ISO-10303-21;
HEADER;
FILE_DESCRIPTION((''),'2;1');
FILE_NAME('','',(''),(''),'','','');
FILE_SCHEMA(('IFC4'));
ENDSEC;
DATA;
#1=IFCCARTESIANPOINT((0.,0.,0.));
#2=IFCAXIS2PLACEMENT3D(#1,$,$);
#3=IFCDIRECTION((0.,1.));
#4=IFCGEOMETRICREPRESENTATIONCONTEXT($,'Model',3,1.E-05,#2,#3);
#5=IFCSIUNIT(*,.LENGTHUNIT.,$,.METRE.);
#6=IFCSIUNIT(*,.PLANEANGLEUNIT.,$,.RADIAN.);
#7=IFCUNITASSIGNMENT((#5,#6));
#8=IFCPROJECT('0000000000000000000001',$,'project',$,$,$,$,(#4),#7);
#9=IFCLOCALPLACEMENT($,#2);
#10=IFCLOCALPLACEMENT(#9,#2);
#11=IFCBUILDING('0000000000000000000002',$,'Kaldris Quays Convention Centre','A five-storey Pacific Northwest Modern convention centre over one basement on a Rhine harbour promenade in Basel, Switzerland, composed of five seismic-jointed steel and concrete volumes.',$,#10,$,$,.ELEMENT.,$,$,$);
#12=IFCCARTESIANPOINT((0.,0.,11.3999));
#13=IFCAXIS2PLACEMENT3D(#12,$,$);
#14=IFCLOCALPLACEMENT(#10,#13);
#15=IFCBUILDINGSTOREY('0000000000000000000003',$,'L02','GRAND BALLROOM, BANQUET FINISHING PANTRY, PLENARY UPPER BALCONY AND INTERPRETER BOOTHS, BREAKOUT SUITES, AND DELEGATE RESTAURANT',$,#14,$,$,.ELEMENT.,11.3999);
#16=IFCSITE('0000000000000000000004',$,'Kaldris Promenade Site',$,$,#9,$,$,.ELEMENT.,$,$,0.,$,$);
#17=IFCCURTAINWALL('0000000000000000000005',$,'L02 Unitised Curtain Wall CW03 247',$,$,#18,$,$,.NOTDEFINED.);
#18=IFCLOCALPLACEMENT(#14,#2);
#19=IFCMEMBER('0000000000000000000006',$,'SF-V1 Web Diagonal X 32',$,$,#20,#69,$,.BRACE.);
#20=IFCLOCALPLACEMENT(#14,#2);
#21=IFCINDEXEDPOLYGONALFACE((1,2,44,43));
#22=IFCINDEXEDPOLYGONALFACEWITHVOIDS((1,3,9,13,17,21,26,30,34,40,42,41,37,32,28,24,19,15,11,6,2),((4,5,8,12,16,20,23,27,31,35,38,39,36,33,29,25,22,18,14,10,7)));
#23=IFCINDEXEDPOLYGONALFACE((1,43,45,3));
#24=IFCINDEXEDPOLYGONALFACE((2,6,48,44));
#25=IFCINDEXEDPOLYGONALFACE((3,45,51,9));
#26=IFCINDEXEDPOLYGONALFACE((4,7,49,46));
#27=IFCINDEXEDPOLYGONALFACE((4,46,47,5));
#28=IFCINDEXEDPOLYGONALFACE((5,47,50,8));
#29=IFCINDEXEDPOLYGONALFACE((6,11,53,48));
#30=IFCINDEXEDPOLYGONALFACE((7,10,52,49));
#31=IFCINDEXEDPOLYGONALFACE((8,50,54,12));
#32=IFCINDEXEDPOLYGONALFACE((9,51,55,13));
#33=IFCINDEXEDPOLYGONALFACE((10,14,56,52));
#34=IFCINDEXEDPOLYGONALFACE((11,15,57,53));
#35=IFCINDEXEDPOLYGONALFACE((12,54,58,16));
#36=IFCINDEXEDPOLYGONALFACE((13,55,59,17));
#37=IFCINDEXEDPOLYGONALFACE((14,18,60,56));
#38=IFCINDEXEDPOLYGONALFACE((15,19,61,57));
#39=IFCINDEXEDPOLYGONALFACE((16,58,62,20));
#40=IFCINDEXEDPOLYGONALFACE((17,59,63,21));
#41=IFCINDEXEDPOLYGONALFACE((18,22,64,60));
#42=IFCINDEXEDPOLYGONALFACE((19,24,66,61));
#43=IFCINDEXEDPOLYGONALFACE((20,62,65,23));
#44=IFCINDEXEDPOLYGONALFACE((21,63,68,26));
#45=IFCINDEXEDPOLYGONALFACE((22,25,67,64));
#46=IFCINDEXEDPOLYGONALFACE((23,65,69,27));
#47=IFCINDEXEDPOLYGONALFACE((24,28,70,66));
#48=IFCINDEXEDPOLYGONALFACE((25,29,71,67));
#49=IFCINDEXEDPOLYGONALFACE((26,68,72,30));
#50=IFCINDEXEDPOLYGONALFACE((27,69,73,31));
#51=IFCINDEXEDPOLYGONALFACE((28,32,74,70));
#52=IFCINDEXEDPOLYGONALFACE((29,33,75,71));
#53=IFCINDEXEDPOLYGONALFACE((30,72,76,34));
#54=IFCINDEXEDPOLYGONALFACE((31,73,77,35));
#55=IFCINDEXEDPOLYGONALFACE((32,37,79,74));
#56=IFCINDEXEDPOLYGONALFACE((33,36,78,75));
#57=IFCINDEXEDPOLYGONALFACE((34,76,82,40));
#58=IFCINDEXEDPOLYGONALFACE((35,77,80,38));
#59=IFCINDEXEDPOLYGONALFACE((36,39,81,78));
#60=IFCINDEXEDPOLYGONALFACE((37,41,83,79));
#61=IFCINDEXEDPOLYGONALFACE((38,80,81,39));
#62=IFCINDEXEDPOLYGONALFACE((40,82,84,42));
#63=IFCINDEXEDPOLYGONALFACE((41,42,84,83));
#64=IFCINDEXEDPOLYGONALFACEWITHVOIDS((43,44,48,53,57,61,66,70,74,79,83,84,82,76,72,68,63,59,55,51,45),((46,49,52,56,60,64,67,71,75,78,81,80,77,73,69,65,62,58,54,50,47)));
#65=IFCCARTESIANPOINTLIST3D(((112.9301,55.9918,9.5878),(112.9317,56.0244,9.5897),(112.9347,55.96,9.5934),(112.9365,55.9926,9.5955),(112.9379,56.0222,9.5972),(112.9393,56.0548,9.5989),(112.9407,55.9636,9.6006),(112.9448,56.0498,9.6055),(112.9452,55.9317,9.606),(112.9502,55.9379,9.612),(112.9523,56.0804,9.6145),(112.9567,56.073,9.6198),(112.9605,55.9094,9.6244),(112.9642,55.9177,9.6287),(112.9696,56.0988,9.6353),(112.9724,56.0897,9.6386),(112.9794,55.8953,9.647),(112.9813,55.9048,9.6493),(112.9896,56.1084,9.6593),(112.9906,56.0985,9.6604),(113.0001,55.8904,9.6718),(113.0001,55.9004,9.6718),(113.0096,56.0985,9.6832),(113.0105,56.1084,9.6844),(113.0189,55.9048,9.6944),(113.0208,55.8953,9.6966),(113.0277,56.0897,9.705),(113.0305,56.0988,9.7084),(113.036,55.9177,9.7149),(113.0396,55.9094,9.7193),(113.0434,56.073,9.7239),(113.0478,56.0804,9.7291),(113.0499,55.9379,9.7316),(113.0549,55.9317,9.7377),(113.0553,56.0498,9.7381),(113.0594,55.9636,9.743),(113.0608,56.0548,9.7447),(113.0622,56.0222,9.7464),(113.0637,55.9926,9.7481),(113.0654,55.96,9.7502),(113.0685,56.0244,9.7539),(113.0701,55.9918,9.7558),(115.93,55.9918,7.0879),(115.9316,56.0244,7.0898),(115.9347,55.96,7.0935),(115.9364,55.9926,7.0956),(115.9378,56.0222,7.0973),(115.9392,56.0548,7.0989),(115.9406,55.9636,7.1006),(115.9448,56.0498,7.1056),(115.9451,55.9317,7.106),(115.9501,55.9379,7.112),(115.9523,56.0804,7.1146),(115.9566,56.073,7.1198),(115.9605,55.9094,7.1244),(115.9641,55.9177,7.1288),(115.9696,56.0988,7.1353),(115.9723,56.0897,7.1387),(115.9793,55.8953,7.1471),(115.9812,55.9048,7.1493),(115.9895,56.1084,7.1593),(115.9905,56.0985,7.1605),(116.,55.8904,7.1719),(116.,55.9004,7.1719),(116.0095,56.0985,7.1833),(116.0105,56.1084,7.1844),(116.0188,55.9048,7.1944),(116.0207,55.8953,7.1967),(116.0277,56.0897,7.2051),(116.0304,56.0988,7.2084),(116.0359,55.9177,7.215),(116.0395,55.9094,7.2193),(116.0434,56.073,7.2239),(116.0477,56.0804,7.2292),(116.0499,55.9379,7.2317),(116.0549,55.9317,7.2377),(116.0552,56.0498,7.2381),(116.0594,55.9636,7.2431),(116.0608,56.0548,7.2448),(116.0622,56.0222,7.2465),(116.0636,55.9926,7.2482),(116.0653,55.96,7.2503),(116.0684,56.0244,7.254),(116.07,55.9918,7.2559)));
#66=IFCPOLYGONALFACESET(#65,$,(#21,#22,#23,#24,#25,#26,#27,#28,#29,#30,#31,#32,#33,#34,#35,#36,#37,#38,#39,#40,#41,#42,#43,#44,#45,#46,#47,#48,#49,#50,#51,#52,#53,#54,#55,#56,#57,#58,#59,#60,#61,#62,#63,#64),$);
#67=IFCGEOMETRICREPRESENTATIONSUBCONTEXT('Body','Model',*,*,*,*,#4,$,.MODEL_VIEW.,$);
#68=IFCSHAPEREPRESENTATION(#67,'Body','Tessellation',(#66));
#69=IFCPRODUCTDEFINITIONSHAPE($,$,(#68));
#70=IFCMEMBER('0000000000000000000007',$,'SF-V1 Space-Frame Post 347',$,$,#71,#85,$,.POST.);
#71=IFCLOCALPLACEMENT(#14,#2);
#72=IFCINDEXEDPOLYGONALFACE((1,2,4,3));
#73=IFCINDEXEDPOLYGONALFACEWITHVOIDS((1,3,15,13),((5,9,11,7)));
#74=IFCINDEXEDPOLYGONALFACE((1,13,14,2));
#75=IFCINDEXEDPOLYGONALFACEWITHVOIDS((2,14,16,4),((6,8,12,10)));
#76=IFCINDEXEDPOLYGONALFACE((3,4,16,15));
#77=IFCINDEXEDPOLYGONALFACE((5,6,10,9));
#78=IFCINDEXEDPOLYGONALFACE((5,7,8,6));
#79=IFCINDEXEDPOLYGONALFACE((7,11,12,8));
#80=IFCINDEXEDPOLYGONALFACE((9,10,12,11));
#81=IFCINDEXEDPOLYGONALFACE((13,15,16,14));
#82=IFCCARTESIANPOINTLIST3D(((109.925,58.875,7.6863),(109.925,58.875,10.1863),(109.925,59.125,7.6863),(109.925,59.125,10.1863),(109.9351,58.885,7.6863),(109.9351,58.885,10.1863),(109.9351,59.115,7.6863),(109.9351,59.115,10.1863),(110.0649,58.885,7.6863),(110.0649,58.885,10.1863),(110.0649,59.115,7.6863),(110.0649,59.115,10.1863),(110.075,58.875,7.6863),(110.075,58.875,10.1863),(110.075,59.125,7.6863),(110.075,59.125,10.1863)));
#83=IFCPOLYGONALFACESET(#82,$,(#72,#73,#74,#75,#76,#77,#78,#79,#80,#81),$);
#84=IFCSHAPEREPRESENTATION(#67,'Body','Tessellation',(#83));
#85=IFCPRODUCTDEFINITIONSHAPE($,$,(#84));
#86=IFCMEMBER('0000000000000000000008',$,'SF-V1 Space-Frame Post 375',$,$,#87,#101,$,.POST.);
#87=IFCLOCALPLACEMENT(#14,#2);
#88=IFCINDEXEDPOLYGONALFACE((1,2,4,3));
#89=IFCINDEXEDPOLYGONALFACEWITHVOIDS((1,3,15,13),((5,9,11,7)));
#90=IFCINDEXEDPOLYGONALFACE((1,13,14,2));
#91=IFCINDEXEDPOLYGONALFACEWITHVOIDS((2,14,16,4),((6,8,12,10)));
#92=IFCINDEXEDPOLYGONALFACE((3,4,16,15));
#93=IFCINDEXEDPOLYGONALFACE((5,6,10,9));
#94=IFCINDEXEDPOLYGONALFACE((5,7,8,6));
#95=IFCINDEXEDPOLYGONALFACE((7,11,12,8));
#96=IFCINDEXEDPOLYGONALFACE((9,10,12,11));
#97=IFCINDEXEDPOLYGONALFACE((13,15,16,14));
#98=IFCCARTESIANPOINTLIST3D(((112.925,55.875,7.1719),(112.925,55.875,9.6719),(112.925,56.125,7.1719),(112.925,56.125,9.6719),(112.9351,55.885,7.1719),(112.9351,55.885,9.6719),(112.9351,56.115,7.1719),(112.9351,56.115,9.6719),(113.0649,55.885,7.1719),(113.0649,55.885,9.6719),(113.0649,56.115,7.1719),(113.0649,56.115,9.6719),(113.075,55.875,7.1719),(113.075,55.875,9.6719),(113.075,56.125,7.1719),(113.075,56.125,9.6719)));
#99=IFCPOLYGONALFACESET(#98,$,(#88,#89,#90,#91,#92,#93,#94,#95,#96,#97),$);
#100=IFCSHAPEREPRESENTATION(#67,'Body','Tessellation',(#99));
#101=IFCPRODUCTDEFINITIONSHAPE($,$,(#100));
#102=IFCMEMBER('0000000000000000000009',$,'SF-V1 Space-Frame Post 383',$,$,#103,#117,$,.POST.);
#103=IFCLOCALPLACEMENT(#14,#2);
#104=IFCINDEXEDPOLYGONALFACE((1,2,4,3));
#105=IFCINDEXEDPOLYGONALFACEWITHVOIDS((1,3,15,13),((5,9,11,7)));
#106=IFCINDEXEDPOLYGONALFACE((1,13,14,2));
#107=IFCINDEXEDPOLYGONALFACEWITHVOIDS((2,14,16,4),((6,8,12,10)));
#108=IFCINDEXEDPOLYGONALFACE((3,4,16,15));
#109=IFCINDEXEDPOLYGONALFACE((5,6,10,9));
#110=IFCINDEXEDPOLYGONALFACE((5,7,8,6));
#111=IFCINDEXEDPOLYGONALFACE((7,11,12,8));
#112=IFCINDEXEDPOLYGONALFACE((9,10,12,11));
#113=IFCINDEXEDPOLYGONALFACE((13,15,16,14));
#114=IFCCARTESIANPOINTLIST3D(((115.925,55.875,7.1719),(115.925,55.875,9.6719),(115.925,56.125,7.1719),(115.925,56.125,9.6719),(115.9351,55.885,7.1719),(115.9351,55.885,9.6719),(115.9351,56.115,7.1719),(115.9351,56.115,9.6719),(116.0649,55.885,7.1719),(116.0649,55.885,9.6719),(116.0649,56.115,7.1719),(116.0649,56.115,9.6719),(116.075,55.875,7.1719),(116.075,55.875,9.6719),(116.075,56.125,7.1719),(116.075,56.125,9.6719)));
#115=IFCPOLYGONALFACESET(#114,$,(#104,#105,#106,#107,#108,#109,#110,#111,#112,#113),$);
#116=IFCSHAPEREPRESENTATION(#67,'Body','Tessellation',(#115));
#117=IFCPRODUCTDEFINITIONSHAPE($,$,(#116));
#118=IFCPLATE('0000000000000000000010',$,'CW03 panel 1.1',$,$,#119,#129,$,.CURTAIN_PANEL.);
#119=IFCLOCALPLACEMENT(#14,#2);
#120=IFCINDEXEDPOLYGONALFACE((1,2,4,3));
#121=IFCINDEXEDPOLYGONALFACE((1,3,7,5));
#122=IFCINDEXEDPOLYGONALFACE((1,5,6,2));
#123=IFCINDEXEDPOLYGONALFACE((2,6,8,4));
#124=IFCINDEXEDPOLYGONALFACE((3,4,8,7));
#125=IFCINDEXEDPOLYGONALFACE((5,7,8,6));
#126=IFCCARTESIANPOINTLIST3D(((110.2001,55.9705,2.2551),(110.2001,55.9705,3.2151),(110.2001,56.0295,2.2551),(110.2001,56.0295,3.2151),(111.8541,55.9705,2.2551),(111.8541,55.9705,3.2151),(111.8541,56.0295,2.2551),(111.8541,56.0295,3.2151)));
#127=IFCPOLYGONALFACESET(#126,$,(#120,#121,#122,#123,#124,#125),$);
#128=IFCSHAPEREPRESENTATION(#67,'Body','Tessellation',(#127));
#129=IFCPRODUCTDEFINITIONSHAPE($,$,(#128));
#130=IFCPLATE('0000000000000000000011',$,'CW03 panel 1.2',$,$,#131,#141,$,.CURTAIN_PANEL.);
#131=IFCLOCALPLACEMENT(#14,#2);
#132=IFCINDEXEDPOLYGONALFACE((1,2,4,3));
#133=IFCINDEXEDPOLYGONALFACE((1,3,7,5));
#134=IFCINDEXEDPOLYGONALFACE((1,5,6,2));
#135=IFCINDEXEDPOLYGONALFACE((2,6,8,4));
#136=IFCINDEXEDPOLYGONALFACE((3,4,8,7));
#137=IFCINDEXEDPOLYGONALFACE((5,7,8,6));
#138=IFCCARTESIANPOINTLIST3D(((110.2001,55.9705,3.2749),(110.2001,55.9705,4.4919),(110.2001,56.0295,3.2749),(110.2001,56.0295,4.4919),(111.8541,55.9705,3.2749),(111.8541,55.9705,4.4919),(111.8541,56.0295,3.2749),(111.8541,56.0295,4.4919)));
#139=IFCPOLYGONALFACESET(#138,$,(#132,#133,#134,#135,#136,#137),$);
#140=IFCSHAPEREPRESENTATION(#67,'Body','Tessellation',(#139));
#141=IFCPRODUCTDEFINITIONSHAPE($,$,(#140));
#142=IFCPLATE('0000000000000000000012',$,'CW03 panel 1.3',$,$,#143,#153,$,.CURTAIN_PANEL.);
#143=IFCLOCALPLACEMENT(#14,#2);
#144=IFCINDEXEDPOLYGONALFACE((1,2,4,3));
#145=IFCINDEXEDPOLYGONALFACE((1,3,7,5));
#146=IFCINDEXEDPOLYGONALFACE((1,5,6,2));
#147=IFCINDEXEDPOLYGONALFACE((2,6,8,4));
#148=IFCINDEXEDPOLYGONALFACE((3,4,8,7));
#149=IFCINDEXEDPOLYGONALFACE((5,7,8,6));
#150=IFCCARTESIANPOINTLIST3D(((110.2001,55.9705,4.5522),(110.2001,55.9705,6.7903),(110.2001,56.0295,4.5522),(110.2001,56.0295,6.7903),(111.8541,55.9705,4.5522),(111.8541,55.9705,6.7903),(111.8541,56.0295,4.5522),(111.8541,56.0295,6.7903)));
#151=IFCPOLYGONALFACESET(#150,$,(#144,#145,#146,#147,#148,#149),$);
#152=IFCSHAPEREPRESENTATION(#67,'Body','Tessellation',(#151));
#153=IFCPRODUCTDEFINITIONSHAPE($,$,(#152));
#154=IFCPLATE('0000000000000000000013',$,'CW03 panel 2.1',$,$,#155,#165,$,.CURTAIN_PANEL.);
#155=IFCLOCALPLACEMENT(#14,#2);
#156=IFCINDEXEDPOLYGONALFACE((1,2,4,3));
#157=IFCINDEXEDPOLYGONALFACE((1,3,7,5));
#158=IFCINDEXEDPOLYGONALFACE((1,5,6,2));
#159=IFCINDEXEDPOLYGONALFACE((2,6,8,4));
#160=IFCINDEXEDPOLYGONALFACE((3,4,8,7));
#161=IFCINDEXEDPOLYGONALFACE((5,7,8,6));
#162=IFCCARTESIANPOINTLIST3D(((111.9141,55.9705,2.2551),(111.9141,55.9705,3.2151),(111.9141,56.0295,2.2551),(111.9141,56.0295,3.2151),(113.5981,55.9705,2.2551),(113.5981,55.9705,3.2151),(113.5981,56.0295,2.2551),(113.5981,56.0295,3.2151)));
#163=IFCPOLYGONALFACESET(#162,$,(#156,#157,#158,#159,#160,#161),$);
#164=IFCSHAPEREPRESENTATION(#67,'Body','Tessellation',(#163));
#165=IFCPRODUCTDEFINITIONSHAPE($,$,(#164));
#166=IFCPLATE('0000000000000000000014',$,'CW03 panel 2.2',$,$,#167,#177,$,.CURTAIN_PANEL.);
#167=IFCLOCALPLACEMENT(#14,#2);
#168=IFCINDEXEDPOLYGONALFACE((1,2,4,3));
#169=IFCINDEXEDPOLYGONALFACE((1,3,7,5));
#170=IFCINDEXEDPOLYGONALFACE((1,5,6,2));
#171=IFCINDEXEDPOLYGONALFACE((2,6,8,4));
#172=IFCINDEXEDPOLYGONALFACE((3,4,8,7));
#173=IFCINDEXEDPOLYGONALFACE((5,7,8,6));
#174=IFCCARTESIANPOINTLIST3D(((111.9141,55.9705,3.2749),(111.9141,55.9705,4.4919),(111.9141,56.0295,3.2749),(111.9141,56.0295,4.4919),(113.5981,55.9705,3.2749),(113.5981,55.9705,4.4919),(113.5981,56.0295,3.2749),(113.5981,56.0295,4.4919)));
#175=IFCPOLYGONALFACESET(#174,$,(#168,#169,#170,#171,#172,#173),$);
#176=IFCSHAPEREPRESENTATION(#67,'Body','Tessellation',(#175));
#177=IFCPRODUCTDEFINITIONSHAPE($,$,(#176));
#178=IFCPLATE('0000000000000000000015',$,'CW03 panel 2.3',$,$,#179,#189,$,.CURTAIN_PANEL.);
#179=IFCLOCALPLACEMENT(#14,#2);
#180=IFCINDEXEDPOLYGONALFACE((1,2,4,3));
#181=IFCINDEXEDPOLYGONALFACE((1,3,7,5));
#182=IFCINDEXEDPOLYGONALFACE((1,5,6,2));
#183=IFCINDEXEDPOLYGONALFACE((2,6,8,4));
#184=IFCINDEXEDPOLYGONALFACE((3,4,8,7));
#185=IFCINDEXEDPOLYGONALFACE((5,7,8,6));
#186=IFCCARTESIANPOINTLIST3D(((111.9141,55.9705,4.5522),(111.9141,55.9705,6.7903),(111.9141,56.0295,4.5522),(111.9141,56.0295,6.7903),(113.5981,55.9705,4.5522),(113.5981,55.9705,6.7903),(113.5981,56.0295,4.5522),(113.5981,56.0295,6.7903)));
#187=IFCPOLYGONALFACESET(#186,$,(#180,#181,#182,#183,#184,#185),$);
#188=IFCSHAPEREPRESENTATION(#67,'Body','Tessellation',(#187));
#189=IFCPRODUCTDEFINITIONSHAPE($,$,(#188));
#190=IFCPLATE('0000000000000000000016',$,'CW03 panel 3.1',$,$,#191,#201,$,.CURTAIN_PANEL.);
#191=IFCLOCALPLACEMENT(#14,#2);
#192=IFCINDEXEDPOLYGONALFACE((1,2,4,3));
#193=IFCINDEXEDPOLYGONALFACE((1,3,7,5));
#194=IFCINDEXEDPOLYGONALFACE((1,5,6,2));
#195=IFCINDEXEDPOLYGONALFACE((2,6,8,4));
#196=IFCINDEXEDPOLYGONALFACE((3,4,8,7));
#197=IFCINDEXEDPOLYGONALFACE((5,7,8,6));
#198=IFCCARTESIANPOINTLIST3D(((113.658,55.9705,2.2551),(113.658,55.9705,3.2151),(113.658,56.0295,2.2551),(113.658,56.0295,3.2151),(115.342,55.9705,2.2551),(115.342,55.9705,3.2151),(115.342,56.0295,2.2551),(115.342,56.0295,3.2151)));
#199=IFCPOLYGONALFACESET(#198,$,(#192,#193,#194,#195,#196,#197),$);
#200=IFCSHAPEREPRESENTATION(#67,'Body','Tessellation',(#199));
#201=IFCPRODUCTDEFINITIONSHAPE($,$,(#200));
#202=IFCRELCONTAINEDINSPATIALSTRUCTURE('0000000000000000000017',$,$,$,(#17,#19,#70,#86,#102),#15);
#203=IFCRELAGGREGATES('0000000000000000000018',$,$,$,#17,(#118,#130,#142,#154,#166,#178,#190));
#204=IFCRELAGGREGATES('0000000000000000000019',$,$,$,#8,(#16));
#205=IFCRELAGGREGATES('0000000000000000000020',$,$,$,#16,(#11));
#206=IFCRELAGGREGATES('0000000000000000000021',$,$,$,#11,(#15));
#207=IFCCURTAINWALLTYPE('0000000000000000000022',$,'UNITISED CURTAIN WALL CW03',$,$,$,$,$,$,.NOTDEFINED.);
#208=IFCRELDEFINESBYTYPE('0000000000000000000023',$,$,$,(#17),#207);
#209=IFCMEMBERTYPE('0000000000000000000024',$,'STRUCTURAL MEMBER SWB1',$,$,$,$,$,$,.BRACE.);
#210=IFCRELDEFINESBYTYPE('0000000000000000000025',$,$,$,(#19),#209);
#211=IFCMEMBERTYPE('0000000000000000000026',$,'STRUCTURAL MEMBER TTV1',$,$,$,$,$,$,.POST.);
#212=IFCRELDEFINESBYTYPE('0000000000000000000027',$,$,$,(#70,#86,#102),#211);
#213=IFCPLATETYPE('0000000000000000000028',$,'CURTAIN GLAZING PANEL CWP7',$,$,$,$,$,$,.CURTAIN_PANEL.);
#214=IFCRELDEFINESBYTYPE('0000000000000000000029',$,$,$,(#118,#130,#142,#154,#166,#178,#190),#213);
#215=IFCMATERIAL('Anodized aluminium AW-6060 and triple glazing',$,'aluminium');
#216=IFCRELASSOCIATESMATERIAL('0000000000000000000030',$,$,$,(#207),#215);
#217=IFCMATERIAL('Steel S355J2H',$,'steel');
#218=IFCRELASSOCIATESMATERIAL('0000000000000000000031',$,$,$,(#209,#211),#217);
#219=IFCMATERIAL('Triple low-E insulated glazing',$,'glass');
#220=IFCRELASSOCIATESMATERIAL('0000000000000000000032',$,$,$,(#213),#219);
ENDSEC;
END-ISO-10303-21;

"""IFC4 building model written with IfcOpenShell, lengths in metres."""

from ifc_helpers import new_model, si_unit, direction, frame, origin, origin_2d, place, context, subcontext, project, spatial, rectangle, hollow_rectangle, hollow_circle, extrude, material, material_profile, profile_set, type_object, element, aggregate, save


model = new_model("IFC4")

# Units and contexts
model_context = context("Model", 3, precision=1e-05, world=origin(), true_north=direction((0.0, 1.0)))
body_context = subcontext(model_context, "Body", "Model", "MODEL_VIEW")
ifc_project = project(units=[si_unit("LENGTHUNIT", "METRE"), si_unit("PLANEANGLEUNIT", "RADIAN")], contexts=[model_context])

# Site, building, storey
site_placement = place(None, origin())
site = spatial("IfcSite", under=ifc_project, at=site_placement, Name="Kaldris Promenade Site", CompositionType="ELEMENT", RefElevation=0.0)
building_placement = place(site_placement, origin())
building = spatial("IfcBuilding", under=site, at=building_placement, Name="Kaldris Quays Convention Centre", Description="A five-storey Pacific Northwest Modern convention centre over one basement on a Rhine harbour promenade in Basel, Switzerland, composed of five seismic-jointed steel and concrete volumes.", CompositionType="ELEMENT")
storey_placement = place(building_placement, frame((0.0, 0.0, 11.3999)))
storey = spatial("IfcBuildingStorey", under=building, at=storey_placement, Name="L02", Description="GRAND BALLROOM, BANQUET FINISHING PANTRY, PLENARY UPPER BALCONY AND INTERPRETER BOOTHS, BREAKOUT SUITES, AND DELEGATE RESTAURANT", CompositionType="ELEMENT", Elevation=11.3999)

# Curtain wall
ifc_material_1 = material(Name="Anodized aluminium AW-6060 and triple glazing", Category="aluminium")
curtain_wall_type = type_object("IfcCurtainWallType", Name="UNITISED CURTAIN WALL CW03", PredefinedType="NOTDEFINED", material=ifc_material_1)
curtain_wall_placement = place(storey_placement, origin())
curtain_wall = element("IfcCurtainWall", 1, at=curtain_wall_placement, inside=storey, type_object=curtain_wall_type, Name="L02 Unitised Curtain Wall CW03 247", PredefinedType="NOTDEFINED")

# Members
ifc_material_2 = material(Name="Steel S355J2H", Category="steel")
ifc_material_profile_1 = material_profile(ifc_material_2, hollow_circle(Radius=0.1096, WallThickness=0.01, at=origin_2d()), Name="CHS 219.1x10")
ifc_profile_set_1 = profile_set([ifc_material_profile_1], Name="Steel S355J2H")
member_type_1 = type_object("IfcMemberType", Name="STRUCTURAL MEMBER SWB1", PredefinedType="BRACE", material=ifc_profile_set_1)
member_1_placement = place(storey_placement, frame((116.0, 56.0, 7.1719), z_axis=(-0.768221, 0.0, 0.640184), x_axis=(0.0, -1.0, 0.0)))
element("IfcMember", 2, at=member_1_placement, inside=storey, type_object=member_type_1, Name="SF-V1 Web Diagonal X 32", PredefinedType="BRACE", context=body_context, shape_type="SweptSolid", body=[
    extrude(hollow_circle(Radius=0.1096, WallThickness=0.01, at=origin_2d()), origin(), (0.0, 0.0, 1.0), 3.905),
])
ifc_material_profile_2 = material_profile(ifc_material_2, hollow_rectangle(XDim=0.1499, YDim=0.25, WallThickness=0.01, at=origin_2d()), Name="RHS 250x150x10")
ifc_profile_set_2 = profile_set([ifc_material_profile_2], Name="Steel S355J2H")
member_type_2 = type_object("IfcMemberType", Name="STRUCTURAL MEMBER TTV1", PredefinedType="POST", material=ifc_profile_set_2)
for number, where, z_axis, x_axis, name in (
    (3, (110.0, 59.0, 7.6863), (0.0, 0.0, 1.0), (1.0, 0.0, 0.0), "SF-V1 Space-Frame Post 347"),
    (4, (113.0, 56.0, 7.1719), (0.0, 0.0, 1.0), (1.0, 0.0, 0.0), "SF-V1 Space-Frame Post 375"),
    (5, (116.0, 56.0, 7.1719), (0.0, 0.0, 1.0), (1.0, 0.0, 0.0), "SF-V1 Space-Frame Post 383"),
):
    element("IfcMember", number, at=place(storey_placement, frame(where, z_axis=z_axis, x_axis=x_axis)), inside=storey, type_object=member_type_2, Name=name, PredefinedType="POST", context=body_context, shape_type="SweptSolid", body=[
        extrude(hollow_rectangle(XDim=0.1499, YDim=0.25, WallThickness=0.01, at=origin_2d()), origin(), (0.0, 0.0, 1.0), 2.5),
    ])

# Plates
ifc_material_3 = material(Name="Triple low-E insulated glazing", Category="glass")
plate_type = type_object("IfcPlateType", Name="CURTAIN GLAZING PANEL CWP7", PredefinedType="CURTAIN_PANEL", material=ifc_material_3)
plate_1_placement = place(storey_placement, frame((111.0271, 56.0, 2.2551), z_axis=(0.0, 0.0, 1.0), x_axis=(1.0, 0.0, 0.0)))
plate_1 = element("IfcPlate", 6, at=plate_1_placement, type_object=plate_type, Name="CW03 panel 1.1", PredefinedType="CURTAIN_PANEL", context=body_context, shape_type="SweptSolid", body=[
    extrude(rectangle(XDim=1.6541, YDim=0.0591, at=origin_2d()), origin(), (0.0, 0.0, 1.0), 0.96),
])
plate_2_placement = place(storey_placement, frame((111.0271, 56.0, 3.2749), z_axis=(0.0, 0.0, 1.0), x_axis=(1.0, 0.0, 0.0)))
plate_2 = element("IfcPlate", 7, at=plate_2_placement, type_object=plate_type, Name="CW03 panel 1.2", PredefinedType="CURTAIN_PANEL", context=body_context, shape_type="SweptSolid", body=[
    extrude(rectangle(XDim=1.6541, YDim=0.0591, at=origin_2d()), origin(), (0.0, 0.0, 1.0), 1.217),
])
plate_3_placement = place(storey_placement, frame((111.0271, 56.0, 4.5522), z_axis=(0.0, 0.0, 1.0), x_axis=(1.0, 0.0, 0.0)))
plate_3 = element("IfcPlate", 8, at=plate_3_placement, type_object=plate_type, Name="CW03 panel 1.3", PredefinedType="CURTAIN_PANEL", context=body_context, shape_type="SweptSolid", body=[
    extrude(rectangle(XDim=1.6541, YDim=0.0591, at=origin_2d()), origin(), (0.0, 0.0, 1.0), 2.238),
])
plate_4_placement = place(storey_placement, frame((112.7561, 56.0, 2.2551), z_axis=(0.0, 0.0, 1.0), x_axis=(1.0, 0.0, 0.0)))
plate_4 = element("IfcPlate", 9, at=plate_4_placement, type_object=plate_type, Name="CW03 panel 2.1", PredefinedType="CURTAIN_PANEL", context=body_context, shape_type="SweptSolid", body=[
    extrude(rectangle(XDim=1.6841, YDim=0.0591, at=origin_2d()), origin(), (0.0, 0.0, 1.0), 0.96),
])
plate_5_placement = place(storey_placement, frame((112.7561, 56.0, 3.2749), z_axis=(0.0, 0.0, 1.0), x_axis=(1.0, 0.0, 0.0)))
plate_5 = element("IfcPlate", 10, at=plate_5_placement, type_object=plate_type, Name="CW03 panel 2.2", PredefinedType="CURTAIN_PANEL", context=body_context, shape_type="SweptSolid", body=[
    extrude(rectangle(XDim=1.6841, YDim=0.0591, at=origin_2d()), origin(), (0.0, 0.0, 1.0), 1.217),
])
plate_6_placement = place(storey_placement, frame((112.7561, 56.0, 4.5522), z_axis=(0.0, 0.0, 1.0), x_axis=(1.0, 0.0, 0.0)))
plate_6 = element("IfcPlate", 11, at=plate_6_placement, type_object=plate_type, Name="CW03 panel 2.3", PredefinedType="CURTAIN_PANEL", context=body_context, shape_type="SweptSolid", body=[
    extrude(rectangle(XDim=1.6841, YDim=0.0591, at=origin_2d()), origin(), (0.0, 0.0, 1.0), 2.238),
])
plate_7_placement = place(storey_placement, frame((114.5, 56.0, 2.2551), z_axis=(0.0, 0.0, 1.0), x_axis=(1.0, 0.0, 0.0)))
plate_7 = element("IfcPlate", 12, at=plate_7_placement, type_object=plate_type, Name="CW03 panel 3.1", PredefinedType="CURTAIN_PANEL", context=body_context, shape_type="SweptSolid", body=[
    extrude(rectangle(XDim=1.6841, YDim=0.0591, at=origin_2d()), origin(), (0.0, 0.0, 1.0), 0.96),
])
aggregate(curtain_wall, [plate_1, plate_2, plate_3, plate_4, plate_5, plate_6, plate_7])

save(model, "model.ifc")
